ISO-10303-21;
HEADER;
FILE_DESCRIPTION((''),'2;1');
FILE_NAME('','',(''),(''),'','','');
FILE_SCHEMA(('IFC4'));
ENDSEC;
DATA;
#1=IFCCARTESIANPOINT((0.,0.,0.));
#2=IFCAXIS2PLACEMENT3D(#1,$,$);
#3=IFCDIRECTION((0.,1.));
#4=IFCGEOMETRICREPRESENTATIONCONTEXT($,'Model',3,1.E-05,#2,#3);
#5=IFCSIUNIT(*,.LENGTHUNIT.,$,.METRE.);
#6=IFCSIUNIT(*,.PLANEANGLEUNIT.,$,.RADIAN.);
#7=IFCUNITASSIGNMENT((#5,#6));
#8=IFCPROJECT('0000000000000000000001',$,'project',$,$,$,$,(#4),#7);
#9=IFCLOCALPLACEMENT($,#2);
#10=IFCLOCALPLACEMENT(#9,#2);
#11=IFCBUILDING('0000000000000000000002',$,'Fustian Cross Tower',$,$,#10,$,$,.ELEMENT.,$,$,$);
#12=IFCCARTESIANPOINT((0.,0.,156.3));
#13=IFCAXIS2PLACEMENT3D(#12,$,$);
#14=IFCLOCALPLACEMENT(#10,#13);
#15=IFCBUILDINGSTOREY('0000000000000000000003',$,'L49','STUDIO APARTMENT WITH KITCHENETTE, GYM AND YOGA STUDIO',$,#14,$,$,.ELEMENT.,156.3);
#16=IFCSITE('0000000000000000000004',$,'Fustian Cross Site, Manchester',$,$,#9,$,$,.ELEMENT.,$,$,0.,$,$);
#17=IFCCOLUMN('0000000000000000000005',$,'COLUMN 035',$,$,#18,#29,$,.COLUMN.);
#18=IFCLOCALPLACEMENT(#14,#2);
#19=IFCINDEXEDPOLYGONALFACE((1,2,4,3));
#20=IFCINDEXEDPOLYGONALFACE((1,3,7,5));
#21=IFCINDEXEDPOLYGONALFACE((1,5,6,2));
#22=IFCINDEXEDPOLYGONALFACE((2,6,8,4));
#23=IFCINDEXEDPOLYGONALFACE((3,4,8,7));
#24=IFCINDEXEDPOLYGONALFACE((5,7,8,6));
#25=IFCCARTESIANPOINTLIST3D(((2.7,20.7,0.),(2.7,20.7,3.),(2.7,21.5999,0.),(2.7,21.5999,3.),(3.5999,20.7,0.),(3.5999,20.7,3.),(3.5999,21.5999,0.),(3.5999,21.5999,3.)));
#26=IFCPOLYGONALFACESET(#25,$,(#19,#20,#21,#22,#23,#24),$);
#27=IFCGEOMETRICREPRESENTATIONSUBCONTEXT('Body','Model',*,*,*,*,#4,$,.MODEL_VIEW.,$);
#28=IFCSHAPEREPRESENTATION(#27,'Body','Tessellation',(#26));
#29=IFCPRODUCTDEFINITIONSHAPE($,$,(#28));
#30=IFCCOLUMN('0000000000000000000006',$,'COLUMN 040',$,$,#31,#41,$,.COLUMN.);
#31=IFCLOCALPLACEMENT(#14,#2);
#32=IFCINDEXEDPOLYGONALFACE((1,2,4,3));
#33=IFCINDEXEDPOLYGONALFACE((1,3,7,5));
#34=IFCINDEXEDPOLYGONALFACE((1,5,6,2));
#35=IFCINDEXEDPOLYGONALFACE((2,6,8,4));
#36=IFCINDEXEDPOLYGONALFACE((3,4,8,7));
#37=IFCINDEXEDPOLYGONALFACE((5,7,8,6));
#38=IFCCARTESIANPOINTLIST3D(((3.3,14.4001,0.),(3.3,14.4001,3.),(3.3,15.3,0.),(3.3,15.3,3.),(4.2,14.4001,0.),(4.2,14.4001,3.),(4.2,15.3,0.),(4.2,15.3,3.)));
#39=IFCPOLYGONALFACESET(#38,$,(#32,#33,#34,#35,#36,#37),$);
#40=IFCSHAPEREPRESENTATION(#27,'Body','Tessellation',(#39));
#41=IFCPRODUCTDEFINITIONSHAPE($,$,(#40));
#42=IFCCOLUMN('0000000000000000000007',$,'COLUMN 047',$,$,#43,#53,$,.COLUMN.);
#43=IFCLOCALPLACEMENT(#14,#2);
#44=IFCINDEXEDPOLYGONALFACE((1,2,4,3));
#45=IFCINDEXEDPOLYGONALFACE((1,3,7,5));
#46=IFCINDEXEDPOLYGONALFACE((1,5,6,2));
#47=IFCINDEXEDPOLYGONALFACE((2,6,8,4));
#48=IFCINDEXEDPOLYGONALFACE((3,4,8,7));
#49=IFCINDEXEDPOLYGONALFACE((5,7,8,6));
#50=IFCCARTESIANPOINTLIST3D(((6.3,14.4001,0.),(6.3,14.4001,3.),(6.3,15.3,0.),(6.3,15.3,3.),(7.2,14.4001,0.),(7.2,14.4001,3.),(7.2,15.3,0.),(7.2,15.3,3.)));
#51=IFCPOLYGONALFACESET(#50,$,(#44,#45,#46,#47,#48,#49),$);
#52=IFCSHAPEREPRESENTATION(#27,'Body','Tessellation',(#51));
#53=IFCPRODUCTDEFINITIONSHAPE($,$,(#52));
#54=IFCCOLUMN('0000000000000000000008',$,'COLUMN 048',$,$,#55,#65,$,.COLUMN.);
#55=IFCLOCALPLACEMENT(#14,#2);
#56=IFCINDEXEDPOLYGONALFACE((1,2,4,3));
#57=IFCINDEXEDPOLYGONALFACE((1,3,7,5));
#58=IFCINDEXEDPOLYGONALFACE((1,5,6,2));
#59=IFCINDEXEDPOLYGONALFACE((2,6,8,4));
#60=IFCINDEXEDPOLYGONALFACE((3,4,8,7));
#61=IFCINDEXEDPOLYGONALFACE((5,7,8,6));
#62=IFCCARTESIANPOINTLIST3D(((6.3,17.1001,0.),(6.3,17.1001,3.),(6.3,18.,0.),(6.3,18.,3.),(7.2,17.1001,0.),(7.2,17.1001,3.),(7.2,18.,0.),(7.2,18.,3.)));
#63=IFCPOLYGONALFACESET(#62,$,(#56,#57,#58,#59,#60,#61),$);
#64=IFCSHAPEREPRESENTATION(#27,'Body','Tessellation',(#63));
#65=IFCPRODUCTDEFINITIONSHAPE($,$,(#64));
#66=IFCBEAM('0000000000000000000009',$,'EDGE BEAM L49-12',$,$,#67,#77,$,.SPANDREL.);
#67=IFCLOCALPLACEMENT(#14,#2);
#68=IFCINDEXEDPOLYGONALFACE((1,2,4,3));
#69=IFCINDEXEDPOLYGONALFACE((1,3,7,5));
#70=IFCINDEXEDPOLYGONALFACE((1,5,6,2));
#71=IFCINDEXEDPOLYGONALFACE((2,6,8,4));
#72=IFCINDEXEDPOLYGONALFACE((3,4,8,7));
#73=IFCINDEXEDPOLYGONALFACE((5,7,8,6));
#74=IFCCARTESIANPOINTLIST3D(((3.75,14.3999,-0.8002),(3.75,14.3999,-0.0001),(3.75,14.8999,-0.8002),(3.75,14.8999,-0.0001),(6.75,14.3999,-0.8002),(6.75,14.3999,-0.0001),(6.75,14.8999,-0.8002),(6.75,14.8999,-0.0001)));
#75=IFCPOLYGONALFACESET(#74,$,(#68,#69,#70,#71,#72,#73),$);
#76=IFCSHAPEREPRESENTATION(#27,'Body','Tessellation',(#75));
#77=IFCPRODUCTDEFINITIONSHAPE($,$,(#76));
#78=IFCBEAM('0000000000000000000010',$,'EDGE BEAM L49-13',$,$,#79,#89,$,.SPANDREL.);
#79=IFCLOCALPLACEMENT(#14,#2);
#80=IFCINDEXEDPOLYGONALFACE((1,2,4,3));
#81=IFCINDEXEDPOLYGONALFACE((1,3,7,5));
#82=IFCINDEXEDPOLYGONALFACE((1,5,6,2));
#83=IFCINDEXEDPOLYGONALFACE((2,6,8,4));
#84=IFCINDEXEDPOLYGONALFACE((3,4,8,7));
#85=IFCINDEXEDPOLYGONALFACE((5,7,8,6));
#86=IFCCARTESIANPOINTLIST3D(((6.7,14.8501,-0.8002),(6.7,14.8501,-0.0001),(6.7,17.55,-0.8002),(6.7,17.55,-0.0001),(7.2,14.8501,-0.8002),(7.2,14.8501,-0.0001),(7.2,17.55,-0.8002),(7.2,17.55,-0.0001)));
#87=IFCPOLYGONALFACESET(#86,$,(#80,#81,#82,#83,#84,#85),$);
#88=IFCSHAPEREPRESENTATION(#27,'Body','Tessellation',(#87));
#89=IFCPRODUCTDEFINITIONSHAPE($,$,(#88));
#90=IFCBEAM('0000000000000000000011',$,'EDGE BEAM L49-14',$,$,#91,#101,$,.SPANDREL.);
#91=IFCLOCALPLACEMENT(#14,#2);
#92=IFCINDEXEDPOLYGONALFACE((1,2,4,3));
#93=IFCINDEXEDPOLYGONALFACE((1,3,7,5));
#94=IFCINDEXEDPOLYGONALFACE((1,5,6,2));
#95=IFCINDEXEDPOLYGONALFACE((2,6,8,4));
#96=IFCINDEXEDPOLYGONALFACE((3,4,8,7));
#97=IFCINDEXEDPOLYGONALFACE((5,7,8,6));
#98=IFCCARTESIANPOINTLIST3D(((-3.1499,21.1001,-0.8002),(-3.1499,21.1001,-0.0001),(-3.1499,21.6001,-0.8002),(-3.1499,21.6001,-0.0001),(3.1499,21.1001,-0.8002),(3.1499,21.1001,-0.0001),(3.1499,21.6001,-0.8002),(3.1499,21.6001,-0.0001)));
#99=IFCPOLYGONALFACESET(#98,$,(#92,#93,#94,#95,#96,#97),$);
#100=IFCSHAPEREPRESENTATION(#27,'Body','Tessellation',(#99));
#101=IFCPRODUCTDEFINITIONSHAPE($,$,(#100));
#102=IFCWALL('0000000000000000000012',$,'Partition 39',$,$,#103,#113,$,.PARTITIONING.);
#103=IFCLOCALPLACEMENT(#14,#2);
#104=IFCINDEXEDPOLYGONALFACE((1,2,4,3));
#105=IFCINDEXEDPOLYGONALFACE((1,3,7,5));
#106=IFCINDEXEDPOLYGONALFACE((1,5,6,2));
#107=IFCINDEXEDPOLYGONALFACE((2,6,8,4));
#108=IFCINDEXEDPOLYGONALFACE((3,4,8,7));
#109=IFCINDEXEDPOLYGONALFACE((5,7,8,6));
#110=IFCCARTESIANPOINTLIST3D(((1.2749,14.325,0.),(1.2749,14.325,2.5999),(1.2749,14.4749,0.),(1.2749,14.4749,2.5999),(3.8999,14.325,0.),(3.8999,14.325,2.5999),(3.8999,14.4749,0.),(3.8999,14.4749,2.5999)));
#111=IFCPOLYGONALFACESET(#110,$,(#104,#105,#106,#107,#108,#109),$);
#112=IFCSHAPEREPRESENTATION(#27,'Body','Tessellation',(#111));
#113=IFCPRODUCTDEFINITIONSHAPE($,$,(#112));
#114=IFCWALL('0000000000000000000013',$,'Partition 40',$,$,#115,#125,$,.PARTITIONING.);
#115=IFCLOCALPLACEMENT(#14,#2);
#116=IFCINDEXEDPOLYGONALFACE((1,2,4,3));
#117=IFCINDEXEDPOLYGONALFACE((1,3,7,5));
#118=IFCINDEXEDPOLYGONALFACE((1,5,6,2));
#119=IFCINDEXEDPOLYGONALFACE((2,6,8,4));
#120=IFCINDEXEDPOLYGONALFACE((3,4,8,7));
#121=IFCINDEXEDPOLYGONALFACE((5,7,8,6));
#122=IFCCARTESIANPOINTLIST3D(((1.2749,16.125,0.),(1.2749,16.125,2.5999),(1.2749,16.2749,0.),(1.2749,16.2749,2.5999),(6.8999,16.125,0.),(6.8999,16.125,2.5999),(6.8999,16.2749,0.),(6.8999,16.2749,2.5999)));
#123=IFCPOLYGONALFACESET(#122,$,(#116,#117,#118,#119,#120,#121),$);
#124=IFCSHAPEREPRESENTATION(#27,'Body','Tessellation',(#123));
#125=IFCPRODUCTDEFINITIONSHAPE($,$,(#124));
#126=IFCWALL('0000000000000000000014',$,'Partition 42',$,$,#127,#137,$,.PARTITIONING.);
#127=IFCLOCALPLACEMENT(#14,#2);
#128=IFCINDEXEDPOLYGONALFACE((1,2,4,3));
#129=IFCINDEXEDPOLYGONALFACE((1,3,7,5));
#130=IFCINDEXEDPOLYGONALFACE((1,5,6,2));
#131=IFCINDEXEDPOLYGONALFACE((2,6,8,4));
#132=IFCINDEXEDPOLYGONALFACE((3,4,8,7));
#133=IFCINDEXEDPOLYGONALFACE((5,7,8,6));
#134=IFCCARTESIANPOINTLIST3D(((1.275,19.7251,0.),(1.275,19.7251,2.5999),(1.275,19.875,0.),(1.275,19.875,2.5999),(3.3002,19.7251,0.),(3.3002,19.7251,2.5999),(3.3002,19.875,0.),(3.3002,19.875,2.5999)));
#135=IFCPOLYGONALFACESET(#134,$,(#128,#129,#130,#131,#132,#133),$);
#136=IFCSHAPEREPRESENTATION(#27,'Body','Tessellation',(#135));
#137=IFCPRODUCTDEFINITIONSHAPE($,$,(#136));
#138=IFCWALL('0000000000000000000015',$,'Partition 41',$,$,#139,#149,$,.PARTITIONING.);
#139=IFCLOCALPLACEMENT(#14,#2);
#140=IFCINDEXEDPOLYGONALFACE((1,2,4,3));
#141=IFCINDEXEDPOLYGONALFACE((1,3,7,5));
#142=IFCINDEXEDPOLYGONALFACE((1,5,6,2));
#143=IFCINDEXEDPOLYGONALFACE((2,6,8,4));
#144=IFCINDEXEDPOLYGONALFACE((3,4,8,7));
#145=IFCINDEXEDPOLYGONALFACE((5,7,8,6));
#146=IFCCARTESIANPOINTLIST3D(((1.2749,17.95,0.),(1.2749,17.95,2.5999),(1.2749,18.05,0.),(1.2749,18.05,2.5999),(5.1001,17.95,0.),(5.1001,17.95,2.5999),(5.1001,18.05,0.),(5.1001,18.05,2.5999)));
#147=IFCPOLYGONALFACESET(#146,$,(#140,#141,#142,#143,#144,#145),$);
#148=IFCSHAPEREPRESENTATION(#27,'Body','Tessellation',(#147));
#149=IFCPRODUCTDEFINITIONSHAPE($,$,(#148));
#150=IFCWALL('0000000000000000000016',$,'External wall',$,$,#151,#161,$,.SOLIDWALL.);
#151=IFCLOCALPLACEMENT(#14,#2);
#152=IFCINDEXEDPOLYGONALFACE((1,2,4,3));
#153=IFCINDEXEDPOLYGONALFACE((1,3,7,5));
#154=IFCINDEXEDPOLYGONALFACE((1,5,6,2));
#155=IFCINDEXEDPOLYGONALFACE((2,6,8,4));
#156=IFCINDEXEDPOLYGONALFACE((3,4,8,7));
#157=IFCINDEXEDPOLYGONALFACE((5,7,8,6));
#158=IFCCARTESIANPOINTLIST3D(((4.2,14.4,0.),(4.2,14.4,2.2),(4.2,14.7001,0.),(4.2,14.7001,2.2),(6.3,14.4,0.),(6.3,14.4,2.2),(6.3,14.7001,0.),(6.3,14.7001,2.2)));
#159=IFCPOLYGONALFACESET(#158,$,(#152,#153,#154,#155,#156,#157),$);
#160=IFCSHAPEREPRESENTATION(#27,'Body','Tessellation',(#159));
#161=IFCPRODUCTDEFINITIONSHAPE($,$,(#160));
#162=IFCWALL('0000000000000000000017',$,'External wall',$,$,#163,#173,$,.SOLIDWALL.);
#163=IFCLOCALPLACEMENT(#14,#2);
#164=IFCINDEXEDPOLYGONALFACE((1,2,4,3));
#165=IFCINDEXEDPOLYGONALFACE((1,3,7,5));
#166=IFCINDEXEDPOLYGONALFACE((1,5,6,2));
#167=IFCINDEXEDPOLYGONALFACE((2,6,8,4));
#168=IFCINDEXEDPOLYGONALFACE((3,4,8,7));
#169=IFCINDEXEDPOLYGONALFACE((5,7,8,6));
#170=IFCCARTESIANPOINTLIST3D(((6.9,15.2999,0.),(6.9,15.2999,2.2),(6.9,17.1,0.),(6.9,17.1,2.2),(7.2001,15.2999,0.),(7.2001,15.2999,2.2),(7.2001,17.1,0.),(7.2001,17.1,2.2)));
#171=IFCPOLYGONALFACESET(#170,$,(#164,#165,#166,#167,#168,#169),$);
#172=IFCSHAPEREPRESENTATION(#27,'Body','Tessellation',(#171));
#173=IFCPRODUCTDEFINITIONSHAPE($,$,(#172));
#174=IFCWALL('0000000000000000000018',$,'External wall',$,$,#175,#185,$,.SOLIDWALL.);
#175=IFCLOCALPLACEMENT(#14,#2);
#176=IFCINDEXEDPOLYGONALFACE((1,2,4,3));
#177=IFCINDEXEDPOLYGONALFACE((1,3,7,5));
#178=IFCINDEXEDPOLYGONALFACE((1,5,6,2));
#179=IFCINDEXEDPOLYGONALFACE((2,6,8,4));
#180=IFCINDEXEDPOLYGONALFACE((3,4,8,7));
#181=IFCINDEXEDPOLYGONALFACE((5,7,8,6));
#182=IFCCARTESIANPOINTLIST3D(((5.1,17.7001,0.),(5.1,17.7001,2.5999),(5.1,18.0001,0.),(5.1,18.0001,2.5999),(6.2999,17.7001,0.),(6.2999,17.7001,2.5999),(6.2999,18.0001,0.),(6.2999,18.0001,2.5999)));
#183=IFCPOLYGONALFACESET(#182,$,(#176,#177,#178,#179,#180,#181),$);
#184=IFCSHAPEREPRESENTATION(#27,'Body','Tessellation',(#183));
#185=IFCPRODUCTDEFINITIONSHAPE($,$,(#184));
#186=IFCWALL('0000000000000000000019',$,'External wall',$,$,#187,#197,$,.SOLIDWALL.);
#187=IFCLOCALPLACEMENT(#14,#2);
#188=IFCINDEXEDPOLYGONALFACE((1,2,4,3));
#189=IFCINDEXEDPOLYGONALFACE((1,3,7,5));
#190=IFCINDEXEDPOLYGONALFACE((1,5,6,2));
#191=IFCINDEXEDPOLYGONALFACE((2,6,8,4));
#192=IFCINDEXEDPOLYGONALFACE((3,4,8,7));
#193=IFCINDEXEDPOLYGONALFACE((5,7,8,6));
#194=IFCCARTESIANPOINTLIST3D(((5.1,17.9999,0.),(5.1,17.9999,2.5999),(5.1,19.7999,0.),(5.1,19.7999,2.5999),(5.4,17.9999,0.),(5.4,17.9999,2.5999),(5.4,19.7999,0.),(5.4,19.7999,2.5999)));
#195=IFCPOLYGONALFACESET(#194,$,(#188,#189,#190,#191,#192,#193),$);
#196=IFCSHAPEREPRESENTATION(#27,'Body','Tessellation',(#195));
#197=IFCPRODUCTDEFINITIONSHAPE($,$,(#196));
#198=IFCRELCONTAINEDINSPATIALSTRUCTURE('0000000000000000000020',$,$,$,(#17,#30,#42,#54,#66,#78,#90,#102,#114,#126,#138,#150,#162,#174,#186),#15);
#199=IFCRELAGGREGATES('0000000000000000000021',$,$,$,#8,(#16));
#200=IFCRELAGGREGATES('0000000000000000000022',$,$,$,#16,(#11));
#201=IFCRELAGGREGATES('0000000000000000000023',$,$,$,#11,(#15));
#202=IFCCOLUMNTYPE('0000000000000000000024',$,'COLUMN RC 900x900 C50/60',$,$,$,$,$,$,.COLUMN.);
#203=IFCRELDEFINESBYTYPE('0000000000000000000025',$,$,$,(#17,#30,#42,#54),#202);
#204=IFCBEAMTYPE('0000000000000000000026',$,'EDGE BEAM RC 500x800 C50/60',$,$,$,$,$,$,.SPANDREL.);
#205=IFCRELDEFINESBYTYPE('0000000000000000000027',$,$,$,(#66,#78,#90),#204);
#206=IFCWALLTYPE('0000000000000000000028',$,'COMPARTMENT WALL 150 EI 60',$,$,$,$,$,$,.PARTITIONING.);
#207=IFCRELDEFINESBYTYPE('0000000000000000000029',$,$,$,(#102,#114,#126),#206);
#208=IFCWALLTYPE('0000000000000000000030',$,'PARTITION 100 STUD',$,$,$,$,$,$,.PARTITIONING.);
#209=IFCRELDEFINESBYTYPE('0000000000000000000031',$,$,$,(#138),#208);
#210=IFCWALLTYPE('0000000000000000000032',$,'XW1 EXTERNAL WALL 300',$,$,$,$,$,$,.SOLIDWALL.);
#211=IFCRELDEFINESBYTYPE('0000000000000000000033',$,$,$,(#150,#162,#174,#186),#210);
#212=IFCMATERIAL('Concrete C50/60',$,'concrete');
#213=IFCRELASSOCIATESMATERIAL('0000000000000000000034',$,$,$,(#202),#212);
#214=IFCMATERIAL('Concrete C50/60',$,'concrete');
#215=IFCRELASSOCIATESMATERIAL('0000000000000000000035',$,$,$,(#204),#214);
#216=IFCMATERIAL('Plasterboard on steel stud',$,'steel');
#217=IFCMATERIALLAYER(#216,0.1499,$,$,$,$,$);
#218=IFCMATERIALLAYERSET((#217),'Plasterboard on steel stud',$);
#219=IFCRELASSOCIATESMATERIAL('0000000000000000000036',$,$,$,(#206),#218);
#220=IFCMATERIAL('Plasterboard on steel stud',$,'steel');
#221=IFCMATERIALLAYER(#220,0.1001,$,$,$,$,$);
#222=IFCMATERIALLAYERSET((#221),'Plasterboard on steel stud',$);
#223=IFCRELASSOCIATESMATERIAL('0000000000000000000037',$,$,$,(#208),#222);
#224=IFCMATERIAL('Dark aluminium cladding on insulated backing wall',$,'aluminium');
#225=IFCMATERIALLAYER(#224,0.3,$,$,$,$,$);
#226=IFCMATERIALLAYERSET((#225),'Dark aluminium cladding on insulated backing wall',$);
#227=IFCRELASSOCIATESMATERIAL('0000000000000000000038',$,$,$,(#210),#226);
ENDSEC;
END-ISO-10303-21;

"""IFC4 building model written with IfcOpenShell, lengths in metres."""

from ifc_helpers import new_model, si_unit, direction, frame, frame_2d, origin, origin_2d, place, context, subcontext, project, spatial, rectangle, extrude, material, layer, layer_set, material_profile, profile_set, type_object, element, save


model = new_model("IFC4")

# Units and contexts
model_context = context("Model", 3, precision=1e-05, world=origin(), true_north=direction((0.0, 1.0)))
body_context = subcontext(model_context, "Body", "Model", "MODEL_VIEW")
ifc_project = project(units=[si_unit("LENGTHUNIT", "METRE"), si_unit("PLANEANGLEUNIT", "RADIAN")], contexts=[model_context])

# Site, building, storey
site_placement = place(None, origin())
site = spatial("IfcSite", under=ifc_project, at=site_placement, Name="Fustian Cross Site, Manchester", CompositionType="ELEMENT", RefElevation=0.0)
building_placement = place(site_placement, origin())
building = spatial("IfcBuilding", under=site, at=building_placement, Name="Fustian Cross Tower", CompositionType="ELEMENT")
storey_placement = place(building_placement, frame((0.0, 0.0, 156.3)))
storey = spatial("IfcBuildingStorey", under=building, at=storey_placement, Name="L49", Description="STUDIO APARTMENT WITH KITCHENETTE, GYM AND YOGA STUDIO", CompositionType="ELEMENT", Elevation=156.3)

# Columns
ifc_material_1 = material(Name="Concrete C50/60", Category="concrete")
ifc_material_profile_1 = material_profile(ifc_material_1, rectangle(XDim=0.8999, YDim=0.8999, at=origin_2d()), Name="RC 900x900")
ifc_profile_set_1 = profile_set([ifc_material_profile_1], Name="Concrete C50/60")
column_type = type_object("IfcColumnType", Name="COLUMN RC 900x900 C50/60", PredefinedType="COLUMN", material=ifc_profile_set_1)
for number, where, z_axis, x_axis, name in (
    (1, (3.1499, 21.1499, 0.0), (0.0, 0.0, 1.0), (1.0, 0.0, 0.0), "COLUMN 035"),
    (2, (3.75, 14.8501, 0.0), (0.0, 0.0, 1.0), (1.0, 0.0, 0.0), "COLUMN 040"),
    (3, (6.75, 14.8501, 0.0), (0.0, 0.0, 1.0), (1.0, 0.0, 0.0), "COLUMN 047"),
    (4, (6.75, 17.55, 0.0), (0.0, 0.0, 1.0), (1.0, 0.0, 0.0), "COLUMN 048"),
):
    element("IfcColumn", number, at=place(storey_placement, frame(where, z_axis=z_axis, x_axis=x_axis)), inside=storey, type_object=column_type, Name=name, PredefinedType="COLUMN", context=body_context, shape_type="SweptSolid", body=[
        extrude(rectangle(XDim=0.8999, YDim=0.8999, at=origin_2d()), origin(), (0.0, 0.0, 1.0), 3.0),
    ])

# Beams
ifc_material_2 = material(Name="Concrete C50/60", Category="concrete")
ifc_material_profile_2 = material_profile(ifc_material_2, rectangle(XDim=0.5, YDim=0.8, at=origin_2d()), Name="RC 500x800")
ifc_profile_set_2 = profile_set([ifc_material_profile_2], Name="Concrete C50/60")
beam_type = type_object("IfcBeamType", Name="EDGE BEAM RC 500x800 C50/60", PredefinedType="SPANDREL", material=ifc_profile_set_2)
beam_1_placement = place(storey_placement, frame((3.75, 14.6499, -0.4001), z_axis=(1.0, 0.0, 0.0), x_axis=(0.0, 1.0, 0.0)))
element("IfcBeam", 5, at=beam_1_placement, inside=storey, type_object=beam_type, Name="EDGE BEAM L49-12", PredefinedType="SPANDREL", context=body_context, shape_type="SweptSolid", body=[
    extrude(rectangle(XDim=0.5, YDim=0.8, at=origin_2d()), origin(), (0.0, 0.0, 1.0), 3.0),
])
beam_2_placement = place(storey_placement, frame((6.95, 14.8501, -0.4001), z_axis=(0.0, 1.0, 0.0), x_axis=(-1.0, 0.0, 0.0)))
element("IfcBeam", 6, at=beam_2_placement, inside=storey, type_object=beam_type, Name="EDGE BEAM L49-13", PredefinedType="SPANDREL", context=body_context, shape_type="SweptSolid", body=[
    extrude(rectangle(XDim=0.5, YDim=0.8, at=origin_2d()), origin(), (0.0, 0.0, 1.0), 2.7),
])
beam_3_placement = place(storey_placement, frame((3.1499, 21.3501, -0.4001), z_axis=(-1.0, 0.0, 0.0), x_axis=(0.0, -1.0, 0.0)))
element("IfcBeam", 7, at=beam_3_placement, inside=storey, type_object=beam_type, Name="EDGE BEAM L49-14", PredefinedType="SPANDREL", context=body_context, shape_type="SweptSolid", body=[
    extrude(rectangle(XDim=0.5, YDim=0.8, at=origin_2d()), origin(), (0.0, 0.0, 1.0), 6.2998),
])

# Walls
ifc_material_3 = material(Name="Plasterboard on steel stud", Category="steel")
ifc_layer_1 = layer(ifc_material_3, 0.1499)
ifc_layer_set_1 = layer_set([ifc_layer_1], Name="Plasterboard on steel stud")
wall_type_1 = type_object("IfcWallType", Name="COMPARTMENT WALL 150 EI 60", PredefinedType="PARTITIONING", material=ifc_layer_set_1)
wall_1_placement = place(storey_placement, frame((1.2749, 14.3999, 0.0), z_axis=(0.0, 0.0, 1.0), x_axis=(1.0, 0.0, 0.0)))
element("IfcWall", 8, at=wall_1_placement, inside=storey, type_object=wall_type_1, Name="Partition 39", PredefinedType="PARTITIONING", context=body_context, shape_type="SweptSolid", body=[
    extrude(rectangle(XDim=2.625, YDim=0.1499, at=frame_2d((1.3125, 0.0))), origin(), (0.0, 0.0, 1.0), 2.5999),
])
wall_2_placement = place(storey_placement, frame((1.2749, 16.2, 0.0), z_axis=(0.0, 0.0, 1.0), x_axis=(1.0, 0.0, 0.0)))
element("IfcWall", 9, at=wall_2_placement, inside=storey, type_object=wall_type_1, Name="Partition 40", PredefinedType="PARTITIONING", context=body_context, shape_type="SweptSolid", body=[
    extrude(rectangle(XDim=5.625, YDim=0.1499, at=frame_2d((2.8125, 0.0))), origin(), (0.0, 0.0, 1.0), 2.5999),
])
wall_3_placement = place(storey_placement, frame((1.2749, 19.8, 0.0), z_axis=(0.0, 0.0, 1.0), x_axis=(1.0, 0.0, 0.0)))
element("IfcWall", 10, at=wall_3_placement, inside=storey, type_object=wall_type_1, Name="Partition 42", PredefinedType="PARTITIONING", context=body_context, shape_type="SweptSolid", body=[
    extrude(rectangle(XDim=2.0251, YDim=0.1499, at=frame_2d((1.0127, 0.0))), origin(), (0.0, 0.0, 1.0), 2.5999),
])
ifc_material_4 = material(Name="Plasterboard on steel stud", Category="steel")
ifc_layer_2 = layer(ifc_material_4, 0.1001)
ifc_layer_set_2 = layer_set([ifc_layer_2], Name="Plasterboard on steel stud")
wall_type_2 = type_object("IfcWallType", Name="PARTITION 100 STUD", PredefinedType="PARTITIONING", material=ifc_layer_set_2)
wall_4_placement = place(storey_placement, frame((1.2749, 18.0, 0.0), z_axis=(0.0, 0.0, 1.0), x_axis=(1.0, 0.0, 0.0)))
element("IfcWall", 11, at=wall_4_placement, inside=storey, type_object=wall_type_2, Name="Partition 41", PredefinedType="PARTITIONING", context=body_context, shape_type="SweptSolid", body=[
    extrude(rectangle(XDim=3.8252, YDim=0.1001, at=frame_2d((1.9126, 0.0))), origin(), (0.0, 0.0, 1.0), 2.5999),
])
ifc_material_5 = material(Name="Dark aluminium cladding on insulated backing wall", Category="aluminium")
ifc_layer_3 = layer(ifc_material_5, 0.3)
ifc_layer_set_3 = layer_set([ifc_layer_3], Name="Dark aluminium cladding on insulated backing wall")
wall_type_3 = type_object("IfcWallType", Name="XW1 EXTERNAL WALL 300", PredefinedType="SOLIDWALL", material=ifc_layer_set_3)
wall_5_placement = place(storey_placement, frame((4.2, 14.55, 0.0), z_axis=(0.0, 0.0, 1.0), x_axis=(1.0, 0.0, 0.0)))
element("IfcWall", 12, at=wall_5_placement, inside=storey, type_object=wall_type_3, Name="External wall", PredefinedType="SOLIDWALL", context=body_context, shape_type="SweptSolid", body=[
    extrude(rectangle(XDim=2.1001, YDim=0.3, at=frame_2d((1.05, 0.0))), origin(), (0.0, 0.0, 1.0), 2.2),
])
wall_6_placement = place(storey_placement, frame((7.05, 15.3, 0.0), z_axis=(0.0, 0.0, 1.0), x_axis=(0.0, 1.0, 0.0)))
element("IfcWall", 13, at=wall_6_placement, inside=storey, type_object=wall_type_3, Name="External wall", PredefinedType="SOLIDWALL", context=body_context, shape_type="SweptSolid", body=[
    extrude(rectangle(XDim=1.8, YDim=0.3, at=frame_2d((0.8999, 0.0))), origin(), (0.0, 0.0, 1.0), 2.2),
])
wall_7_placement = place(storey_placement, frame((6.3, 17.8501, 0.0), z_axis=(0.0, 0.0, 1.0), x_axis=(-1.0, 0.0, 0.0)))
element("IfcWall", 14, at=wall_7_placement, inside=storey, type_object=wall_type_3, Name="External wall", PredefinedType="SOLIDWALL", context=body_context, shape_type="SweptSolid", body=[
    extrude(rectangle(XDim=1.2, YDim=0.3, at=frame_2d((0.6001, 0.0))), origin(), (0.0, 0.0, 1.0), 2.5999),
])
for number, where, z_axis, x_axis, name in (
    (15, (5.25, 18.0, 0.0), (0.0, 0.0, 1.0), (0.0, 1.0, 0.0), "External wall"),
):
    element("IfcWall", number, at=place(storey_placement, frame(where, z_axis=z_axis, x_axis=x_axis)), inside=storey, type_object=wall_type_3, Name=name, PredefinedType="SOLIDWALL", context=body_context, shape_type="SweptSolid", body=[
        extrude(rectangle(XDim=1.8, YDim=0.3, at=frame_2d((0.8999, 0.0))), origin(), (0.0, 0.0, 1.0), 2.5999),
    ])

save(model, "model.ifc")
